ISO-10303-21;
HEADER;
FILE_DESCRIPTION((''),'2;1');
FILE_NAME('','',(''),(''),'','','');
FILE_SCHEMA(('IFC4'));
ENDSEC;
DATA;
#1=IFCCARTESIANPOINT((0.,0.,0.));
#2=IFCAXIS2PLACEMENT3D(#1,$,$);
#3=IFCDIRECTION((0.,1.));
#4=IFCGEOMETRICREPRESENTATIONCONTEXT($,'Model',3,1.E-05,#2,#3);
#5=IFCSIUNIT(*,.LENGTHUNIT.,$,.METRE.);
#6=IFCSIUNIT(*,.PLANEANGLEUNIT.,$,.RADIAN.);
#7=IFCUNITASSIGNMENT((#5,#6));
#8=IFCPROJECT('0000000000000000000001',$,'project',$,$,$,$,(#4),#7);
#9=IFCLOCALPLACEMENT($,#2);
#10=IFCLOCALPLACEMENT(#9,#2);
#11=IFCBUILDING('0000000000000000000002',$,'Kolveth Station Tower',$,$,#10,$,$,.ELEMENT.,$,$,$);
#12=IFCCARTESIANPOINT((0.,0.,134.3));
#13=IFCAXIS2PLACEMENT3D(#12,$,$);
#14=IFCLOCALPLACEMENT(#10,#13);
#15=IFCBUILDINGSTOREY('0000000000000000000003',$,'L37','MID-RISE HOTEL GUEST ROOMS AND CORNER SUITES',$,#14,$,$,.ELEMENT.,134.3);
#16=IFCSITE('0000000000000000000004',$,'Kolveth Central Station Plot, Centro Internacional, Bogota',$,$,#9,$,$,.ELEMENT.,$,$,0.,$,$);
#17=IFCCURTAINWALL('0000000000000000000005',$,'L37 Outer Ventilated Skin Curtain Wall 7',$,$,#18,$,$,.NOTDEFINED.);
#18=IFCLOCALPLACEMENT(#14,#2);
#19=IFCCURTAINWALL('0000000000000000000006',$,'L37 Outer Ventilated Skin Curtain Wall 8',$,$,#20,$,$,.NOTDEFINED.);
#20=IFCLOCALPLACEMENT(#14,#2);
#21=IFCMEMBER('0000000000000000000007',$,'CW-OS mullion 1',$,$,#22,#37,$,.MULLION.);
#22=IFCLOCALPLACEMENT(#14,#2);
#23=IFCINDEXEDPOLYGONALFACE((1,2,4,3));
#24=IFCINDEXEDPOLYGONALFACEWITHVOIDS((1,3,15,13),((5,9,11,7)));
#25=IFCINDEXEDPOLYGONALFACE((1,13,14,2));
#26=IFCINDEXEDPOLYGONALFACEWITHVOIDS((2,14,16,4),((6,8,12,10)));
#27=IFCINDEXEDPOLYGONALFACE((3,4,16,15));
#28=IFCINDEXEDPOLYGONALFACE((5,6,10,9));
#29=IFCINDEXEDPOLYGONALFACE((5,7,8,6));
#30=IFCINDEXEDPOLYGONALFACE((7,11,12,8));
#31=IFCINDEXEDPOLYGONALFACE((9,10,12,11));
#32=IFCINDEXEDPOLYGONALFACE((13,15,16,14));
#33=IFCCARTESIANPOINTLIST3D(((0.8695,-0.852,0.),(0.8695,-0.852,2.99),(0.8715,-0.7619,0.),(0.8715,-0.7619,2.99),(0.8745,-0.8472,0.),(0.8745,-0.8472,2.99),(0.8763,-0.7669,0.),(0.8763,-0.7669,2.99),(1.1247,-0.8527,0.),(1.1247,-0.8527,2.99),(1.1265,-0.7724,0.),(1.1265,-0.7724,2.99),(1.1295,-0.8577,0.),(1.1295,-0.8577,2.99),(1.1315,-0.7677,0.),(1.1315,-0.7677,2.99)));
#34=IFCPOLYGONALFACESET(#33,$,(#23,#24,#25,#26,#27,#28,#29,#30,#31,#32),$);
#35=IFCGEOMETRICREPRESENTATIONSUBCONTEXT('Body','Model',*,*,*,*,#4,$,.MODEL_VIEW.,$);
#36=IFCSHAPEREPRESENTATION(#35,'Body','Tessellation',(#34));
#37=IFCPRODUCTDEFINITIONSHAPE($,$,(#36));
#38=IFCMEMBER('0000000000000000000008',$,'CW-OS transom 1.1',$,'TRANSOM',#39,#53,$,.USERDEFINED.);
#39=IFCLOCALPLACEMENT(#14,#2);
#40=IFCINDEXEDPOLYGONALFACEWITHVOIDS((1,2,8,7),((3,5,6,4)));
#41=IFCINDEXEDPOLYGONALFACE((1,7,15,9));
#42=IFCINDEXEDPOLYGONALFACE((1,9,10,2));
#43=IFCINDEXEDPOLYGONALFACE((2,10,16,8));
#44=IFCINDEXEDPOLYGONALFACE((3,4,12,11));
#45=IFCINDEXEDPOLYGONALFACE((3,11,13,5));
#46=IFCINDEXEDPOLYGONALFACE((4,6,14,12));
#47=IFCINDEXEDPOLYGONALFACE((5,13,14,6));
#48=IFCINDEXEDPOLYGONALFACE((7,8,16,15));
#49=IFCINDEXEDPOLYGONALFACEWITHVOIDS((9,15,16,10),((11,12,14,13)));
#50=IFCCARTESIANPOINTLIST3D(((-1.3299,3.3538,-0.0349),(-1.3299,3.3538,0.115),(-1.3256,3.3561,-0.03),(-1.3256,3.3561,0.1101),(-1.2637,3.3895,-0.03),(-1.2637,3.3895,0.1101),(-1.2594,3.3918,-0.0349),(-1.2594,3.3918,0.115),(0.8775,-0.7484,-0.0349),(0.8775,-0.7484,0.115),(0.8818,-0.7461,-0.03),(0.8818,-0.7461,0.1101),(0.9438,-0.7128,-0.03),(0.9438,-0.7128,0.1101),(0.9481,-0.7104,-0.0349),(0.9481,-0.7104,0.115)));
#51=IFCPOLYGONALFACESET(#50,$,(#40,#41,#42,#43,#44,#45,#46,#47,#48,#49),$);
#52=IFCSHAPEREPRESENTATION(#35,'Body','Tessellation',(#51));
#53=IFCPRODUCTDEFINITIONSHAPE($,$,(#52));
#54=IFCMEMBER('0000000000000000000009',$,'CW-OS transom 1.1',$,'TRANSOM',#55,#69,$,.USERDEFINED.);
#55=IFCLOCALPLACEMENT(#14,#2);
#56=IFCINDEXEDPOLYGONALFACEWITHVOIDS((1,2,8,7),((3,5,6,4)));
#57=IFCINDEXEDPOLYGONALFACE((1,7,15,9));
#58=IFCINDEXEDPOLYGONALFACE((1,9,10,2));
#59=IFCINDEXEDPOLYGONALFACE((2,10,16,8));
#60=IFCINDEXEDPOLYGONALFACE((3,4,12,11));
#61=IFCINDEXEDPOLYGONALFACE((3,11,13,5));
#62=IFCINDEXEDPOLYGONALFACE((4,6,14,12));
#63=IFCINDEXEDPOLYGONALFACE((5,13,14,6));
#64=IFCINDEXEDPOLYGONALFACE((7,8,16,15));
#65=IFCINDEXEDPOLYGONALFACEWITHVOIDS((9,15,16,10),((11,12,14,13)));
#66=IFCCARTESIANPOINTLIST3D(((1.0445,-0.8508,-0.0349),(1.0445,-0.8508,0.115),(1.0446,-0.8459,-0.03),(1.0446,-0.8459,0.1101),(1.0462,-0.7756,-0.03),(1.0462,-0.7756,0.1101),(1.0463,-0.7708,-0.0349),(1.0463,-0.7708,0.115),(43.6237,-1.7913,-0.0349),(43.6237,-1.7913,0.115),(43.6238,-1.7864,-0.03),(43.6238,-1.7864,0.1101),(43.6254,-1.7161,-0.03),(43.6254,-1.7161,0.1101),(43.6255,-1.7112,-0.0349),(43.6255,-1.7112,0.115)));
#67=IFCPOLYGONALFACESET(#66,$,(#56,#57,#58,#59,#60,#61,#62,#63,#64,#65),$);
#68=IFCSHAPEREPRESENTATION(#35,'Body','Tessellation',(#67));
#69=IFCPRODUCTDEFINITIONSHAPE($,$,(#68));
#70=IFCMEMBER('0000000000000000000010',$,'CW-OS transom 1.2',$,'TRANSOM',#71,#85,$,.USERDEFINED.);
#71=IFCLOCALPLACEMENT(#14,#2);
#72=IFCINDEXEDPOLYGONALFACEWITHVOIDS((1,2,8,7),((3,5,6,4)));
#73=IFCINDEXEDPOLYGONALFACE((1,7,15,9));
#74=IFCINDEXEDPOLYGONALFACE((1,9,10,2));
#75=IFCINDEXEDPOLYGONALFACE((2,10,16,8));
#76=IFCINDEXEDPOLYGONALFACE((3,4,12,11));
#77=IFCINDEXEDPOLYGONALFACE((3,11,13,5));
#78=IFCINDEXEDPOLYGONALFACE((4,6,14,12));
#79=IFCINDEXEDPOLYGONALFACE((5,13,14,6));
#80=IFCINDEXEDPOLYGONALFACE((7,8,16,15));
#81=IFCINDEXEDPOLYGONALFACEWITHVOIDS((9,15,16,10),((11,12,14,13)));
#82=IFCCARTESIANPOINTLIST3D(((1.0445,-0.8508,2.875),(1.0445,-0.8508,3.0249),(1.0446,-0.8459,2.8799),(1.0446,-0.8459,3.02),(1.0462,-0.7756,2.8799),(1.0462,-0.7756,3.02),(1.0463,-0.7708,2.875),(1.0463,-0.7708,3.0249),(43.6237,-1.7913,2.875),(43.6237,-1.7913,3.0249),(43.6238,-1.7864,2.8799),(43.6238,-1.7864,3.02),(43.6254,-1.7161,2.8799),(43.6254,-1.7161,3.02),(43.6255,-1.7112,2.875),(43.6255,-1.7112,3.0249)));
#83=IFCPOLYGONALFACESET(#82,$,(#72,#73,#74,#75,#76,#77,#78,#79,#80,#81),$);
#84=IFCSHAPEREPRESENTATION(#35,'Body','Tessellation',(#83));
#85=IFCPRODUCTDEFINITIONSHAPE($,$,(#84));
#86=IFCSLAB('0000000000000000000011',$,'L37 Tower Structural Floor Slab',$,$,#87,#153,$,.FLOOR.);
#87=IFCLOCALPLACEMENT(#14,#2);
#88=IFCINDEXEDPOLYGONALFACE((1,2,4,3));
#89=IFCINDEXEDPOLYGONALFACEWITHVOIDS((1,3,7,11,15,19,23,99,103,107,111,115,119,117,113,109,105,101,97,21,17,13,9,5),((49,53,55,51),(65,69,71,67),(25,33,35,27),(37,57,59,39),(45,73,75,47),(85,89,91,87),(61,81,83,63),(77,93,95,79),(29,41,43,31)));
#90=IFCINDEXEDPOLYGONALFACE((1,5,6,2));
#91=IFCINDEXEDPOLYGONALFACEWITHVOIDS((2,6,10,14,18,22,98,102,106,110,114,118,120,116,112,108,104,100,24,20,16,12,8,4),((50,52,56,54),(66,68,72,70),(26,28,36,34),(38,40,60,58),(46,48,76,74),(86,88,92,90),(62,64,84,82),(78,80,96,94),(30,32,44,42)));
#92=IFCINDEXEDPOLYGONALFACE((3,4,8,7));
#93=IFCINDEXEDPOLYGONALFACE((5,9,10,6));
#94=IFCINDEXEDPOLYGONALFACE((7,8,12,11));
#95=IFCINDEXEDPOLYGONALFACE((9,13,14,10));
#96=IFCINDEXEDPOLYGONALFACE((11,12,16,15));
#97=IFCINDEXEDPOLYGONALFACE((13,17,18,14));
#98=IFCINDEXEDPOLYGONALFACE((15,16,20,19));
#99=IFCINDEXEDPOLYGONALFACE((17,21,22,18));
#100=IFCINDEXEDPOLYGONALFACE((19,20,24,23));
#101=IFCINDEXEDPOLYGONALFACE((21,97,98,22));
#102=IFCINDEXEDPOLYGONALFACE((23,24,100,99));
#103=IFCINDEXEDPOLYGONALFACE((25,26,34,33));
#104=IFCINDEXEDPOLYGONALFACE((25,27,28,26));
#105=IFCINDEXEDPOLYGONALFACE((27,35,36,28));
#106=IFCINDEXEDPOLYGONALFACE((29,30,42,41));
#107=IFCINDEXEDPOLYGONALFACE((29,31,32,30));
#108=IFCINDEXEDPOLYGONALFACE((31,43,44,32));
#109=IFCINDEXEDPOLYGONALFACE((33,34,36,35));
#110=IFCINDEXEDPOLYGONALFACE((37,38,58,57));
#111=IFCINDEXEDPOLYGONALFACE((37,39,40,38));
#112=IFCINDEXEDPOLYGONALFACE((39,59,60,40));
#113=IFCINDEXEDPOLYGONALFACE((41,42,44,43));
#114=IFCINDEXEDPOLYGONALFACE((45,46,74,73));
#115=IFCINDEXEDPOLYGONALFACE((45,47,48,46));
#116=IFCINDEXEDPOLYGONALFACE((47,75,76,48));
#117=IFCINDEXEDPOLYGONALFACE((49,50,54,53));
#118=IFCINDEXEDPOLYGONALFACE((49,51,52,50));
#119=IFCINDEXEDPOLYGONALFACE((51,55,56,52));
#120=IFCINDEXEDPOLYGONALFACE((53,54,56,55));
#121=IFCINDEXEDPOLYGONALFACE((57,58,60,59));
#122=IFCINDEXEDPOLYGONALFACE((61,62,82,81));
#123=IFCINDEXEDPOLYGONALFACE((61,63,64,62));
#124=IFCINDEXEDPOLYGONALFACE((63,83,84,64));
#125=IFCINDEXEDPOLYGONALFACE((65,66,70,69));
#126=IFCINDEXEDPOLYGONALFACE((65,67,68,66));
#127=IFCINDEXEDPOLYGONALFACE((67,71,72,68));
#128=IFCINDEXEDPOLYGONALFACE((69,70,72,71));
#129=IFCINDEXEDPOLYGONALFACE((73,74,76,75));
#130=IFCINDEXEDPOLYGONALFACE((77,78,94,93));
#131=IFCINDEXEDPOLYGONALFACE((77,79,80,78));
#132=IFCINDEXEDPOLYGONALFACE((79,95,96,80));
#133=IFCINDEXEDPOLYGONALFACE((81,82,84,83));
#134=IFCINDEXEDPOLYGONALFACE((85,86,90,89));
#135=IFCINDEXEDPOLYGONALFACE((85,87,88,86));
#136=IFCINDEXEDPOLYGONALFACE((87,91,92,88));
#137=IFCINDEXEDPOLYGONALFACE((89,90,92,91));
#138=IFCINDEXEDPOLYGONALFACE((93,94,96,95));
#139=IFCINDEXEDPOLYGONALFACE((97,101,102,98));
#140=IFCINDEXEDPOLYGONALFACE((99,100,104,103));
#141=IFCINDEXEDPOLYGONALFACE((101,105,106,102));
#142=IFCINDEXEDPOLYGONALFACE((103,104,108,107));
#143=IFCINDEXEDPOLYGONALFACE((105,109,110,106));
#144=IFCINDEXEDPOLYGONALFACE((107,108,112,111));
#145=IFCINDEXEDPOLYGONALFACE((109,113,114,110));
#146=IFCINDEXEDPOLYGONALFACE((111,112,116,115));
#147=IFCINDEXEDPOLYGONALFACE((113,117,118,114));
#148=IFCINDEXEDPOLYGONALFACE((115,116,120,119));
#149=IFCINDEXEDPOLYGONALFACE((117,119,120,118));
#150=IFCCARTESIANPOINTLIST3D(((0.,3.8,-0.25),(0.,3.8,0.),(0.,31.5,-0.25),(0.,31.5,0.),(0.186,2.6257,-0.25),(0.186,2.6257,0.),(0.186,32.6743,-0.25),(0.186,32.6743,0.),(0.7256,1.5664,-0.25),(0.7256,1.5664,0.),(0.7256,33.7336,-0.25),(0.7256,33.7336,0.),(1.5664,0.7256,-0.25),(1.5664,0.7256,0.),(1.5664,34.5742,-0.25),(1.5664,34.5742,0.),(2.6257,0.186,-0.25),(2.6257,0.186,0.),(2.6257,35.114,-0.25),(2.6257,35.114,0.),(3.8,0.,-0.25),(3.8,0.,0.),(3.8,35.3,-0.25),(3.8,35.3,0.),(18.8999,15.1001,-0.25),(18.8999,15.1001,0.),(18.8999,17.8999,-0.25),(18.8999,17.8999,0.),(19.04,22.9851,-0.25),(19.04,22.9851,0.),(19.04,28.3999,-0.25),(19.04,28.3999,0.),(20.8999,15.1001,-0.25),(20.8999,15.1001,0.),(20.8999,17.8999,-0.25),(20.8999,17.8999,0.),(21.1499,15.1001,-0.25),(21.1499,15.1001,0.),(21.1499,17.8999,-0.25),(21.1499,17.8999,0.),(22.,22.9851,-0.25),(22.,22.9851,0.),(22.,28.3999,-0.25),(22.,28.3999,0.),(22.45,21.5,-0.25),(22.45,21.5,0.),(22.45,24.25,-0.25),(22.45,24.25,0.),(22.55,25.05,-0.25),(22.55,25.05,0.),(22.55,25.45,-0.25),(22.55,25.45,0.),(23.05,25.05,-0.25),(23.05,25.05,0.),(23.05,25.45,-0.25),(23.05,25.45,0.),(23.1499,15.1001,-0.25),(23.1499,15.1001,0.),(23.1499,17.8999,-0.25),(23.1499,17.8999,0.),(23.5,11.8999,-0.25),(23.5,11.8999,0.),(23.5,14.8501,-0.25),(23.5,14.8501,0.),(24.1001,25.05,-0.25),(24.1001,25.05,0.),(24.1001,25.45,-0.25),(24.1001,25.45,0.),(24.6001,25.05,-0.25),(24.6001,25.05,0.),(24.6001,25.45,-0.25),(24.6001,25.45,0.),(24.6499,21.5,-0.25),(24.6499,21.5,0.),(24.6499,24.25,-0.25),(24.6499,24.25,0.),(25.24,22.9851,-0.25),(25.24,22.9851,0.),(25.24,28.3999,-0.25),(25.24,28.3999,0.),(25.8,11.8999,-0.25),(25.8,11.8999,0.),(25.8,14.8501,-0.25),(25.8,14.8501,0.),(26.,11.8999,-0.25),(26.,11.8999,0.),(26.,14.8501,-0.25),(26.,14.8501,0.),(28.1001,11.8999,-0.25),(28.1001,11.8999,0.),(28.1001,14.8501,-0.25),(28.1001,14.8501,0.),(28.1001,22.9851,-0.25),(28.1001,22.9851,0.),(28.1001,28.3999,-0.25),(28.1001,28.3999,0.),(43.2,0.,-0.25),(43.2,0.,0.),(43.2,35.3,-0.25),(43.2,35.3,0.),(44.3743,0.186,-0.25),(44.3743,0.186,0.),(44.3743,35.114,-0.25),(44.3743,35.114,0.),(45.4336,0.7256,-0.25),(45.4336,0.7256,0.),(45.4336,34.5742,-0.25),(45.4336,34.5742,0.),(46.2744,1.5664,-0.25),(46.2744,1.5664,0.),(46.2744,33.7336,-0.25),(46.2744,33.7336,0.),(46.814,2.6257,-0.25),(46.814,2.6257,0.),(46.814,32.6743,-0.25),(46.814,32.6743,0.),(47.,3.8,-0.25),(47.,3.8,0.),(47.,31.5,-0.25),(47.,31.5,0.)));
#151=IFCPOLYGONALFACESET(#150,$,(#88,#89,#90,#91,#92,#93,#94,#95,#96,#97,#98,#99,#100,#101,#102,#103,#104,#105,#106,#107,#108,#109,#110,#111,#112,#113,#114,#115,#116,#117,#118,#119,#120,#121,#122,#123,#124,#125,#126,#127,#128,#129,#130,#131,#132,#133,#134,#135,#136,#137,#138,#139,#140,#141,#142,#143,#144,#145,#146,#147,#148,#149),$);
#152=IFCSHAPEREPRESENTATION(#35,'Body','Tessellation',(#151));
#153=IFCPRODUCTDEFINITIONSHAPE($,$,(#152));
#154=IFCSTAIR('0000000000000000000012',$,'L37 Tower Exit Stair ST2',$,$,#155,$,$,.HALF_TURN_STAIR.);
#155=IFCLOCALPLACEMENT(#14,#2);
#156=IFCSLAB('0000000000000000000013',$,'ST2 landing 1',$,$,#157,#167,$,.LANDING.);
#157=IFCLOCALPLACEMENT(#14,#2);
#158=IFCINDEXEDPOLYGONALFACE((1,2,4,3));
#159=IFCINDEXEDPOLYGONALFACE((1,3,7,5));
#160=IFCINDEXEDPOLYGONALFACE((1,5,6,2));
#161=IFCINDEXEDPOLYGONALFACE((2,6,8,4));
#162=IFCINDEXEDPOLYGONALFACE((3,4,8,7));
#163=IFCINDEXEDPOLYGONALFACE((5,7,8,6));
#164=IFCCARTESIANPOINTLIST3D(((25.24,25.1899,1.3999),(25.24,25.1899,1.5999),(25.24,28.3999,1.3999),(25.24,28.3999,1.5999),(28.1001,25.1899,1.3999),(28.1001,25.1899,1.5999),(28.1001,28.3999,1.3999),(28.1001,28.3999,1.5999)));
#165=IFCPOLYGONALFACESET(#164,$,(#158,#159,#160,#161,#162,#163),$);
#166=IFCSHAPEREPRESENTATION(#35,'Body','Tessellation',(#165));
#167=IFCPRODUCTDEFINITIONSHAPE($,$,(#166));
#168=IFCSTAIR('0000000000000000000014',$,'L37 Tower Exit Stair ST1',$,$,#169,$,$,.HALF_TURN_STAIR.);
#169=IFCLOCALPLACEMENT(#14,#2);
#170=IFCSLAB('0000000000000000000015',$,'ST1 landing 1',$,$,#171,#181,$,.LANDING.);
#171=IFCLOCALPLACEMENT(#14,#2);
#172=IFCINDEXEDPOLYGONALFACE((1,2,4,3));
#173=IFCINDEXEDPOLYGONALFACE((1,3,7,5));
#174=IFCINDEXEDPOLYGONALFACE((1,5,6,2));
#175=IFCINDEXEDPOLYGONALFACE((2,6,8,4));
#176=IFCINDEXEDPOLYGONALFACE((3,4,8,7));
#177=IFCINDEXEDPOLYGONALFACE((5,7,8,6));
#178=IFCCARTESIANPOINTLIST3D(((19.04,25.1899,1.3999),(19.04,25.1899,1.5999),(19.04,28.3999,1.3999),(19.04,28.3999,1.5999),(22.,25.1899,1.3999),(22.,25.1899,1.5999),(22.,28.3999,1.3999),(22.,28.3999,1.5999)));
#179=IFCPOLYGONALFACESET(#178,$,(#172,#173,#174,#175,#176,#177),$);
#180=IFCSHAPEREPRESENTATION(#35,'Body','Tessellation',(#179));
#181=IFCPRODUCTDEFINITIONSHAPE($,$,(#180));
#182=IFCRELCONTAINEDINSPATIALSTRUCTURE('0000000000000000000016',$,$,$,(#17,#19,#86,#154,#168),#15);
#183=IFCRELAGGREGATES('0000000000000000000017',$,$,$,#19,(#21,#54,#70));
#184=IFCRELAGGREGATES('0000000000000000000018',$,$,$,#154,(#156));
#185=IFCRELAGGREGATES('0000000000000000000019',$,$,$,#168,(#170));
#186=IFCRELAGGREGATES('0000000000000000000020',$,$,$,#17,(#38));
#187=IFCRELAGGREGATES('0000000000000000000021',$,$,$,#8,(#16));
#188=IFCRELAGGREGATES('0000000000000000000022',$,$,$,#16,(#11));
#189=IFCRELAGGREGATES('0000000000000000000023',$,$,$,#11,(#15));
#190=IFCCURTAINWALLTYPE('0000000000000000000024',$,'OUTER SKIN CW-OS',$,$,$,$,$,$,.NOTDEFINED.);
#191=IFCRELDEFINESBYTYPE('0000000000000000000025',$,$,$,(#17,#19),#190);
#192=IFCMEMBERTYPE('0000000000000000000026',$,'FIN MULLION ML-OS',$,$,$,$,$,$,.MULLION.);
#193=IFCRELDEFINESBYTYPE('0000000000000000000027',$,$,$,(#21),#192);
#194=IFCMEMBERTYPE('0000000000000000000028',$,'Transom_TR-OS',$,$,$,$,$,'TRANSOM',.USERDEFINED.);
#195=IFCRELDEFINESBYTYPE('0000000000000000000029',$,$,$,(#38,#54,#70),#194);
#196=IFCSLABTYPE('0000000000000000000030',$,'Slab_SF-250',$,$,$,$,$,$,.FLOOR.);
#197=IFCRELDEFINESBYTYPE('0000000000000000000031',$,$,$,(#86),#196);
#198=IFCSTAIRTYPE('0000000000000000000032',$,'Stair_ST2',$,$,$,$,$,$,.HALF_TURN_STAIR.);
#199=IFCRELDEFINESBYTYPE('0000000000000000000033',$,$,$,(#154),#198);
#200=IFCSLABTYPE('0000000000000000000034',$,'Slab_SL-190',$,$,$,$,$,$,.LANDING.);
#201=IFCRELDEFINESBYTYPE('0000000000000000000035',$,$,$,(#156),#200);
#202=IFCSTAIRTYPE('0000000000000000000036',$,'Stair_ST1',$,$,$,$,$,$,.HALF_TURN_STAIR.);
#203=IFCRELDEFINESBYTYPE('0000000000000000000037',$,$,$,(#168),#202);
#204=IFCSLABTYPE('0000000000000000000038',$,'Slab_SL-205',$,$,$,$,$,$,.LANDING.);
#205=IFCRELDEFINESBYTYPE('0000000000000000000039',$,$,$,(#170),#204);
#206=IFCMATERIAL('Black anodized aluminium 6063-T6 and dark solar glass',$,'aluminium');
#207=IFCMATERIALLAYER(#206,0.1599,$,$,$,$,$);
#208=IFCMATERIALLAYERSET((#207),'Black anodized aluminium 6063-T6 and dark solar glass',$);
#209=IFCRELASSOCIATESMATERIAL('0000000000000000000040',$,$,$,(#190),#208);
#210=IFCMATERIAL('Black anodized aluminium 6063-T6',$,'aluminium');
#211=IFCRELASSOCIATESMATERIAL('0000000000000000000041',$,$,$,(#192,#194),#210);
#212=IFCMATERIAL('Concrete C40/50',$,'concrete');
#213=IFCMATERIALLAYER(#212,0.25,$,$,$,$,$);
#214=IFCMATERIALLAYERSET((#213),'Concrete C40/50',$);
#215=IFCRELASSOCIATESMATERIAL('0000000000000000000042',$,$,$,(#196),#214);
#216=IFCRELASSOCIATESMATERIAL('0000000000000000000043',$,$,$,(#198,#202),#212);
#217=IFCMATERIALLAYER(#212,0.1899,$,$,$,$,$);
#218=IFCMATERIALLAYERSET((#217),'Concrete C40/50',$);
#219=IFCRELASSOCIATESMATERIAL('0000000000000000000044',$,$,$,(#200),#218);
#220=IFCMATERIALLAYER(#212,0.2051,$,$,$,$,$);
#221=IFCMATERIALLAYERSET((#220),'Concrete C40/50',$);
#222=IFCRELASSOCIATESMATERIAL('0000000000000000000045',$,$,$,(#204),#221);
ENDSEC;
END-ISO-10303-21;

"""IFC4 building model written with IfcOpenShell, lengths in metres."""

from ifc_helpers import new_model, si_unit, direction, frame, origin, origin_2d, place, context, subcontext, project, spatial, polyline, hollow_rectangle, outline, extrude, source, transform, mapped, material, layer, layer_set, material_profile, profile_set, type_object, element, aggregate, save


model = new_model("IFC4")

# Units and contexts
model_context = context("Model", 3, precision=1e-05, world=origin(), true_north=direction((0.0, 1.0)))
body_context = subcontext(model_context, "Body", "Model", "MODEL_VIEW")
ifc_project = project(units=[si_unit("LENGTHUNIT", "METRE"), si_unit("PLANEANGLEUNIT", "RADIAN")], contexts=[model_context])

# Site, building, storey
site_placement = place(None, origin())
site = spatial("IfcSite", under=ifc_project, at=site_placement, Name="Kolveth Central Station Plot, Centro Internacional, Bogota", CompositionType="ELEMENT", RefElevation=0.0)
building_placement = place(site_placement, origin())
building = spatial("IfcBuilding", under=site, at=building_placement, Name="Kolveth Station Tower", CompositionType="ELEMENT")
storey_placement = place(building_placement, frame((0.0, 0.0, 134.3)))
storey = spatial("IfcBuildingStorey", under=building, at=storey_placement, Name="L37", Description="MID-RISE HOTEL GUEST ROOMS AND CORNER SUITES", CompositionType="ELEMENT", Elevation=134.3)

# Shared definitions
ifc_material_1 = material(Name="Black anodized aluminium 6063-T6", Category="aluminium")

# Curtain walls, member
ifc_material_2 = material(Name="Black anodized aluminium 6063-T6 and dark solar glass", Category="aluminium")
ifc_layer_1 = layer(ifc_material_2, 0.1599)
ifc_layer_set_1 = layer_set([ifc_layer_1], Name="Black anodized aluminium 6063-T6 and dark solar glass")
curtain_wall_type_1 = type_object("IfcCurtainWallType", Name="OUTER SKIN CW-OS", PredefinedType="NOTDEFINED", material=ifc_layer_set_1)
curtain_wall_1_placement = place(storey_placement, origin())
curtain_wall_1 = element("IfcCurtainWall", 1, at=curtain_wall_1_placement, inside=storey, type_object=curtain_wall_type_1, Name="L37 Outer Ventilated Skin Curtain Wall 7", PredefinedType="NOTDEFINED")
ifc_material_profile_1 = material_profile(ifc_material_1, hollow_rectangle(XDim=0.0901, YDim=0.26, WallThickness=0.0049, at=origin_2d()), Name="ALU-90x260x5")
ifc_profile_set_1 = profile_set([ifc_material_profile_1], Name="Black anodized aluminium 6063-T6")
member_type_1 = type_object("IfcMemberType", Name="FIN MULLION ML-OS", PredefinedType="MULLION", material=ifc_profile_set_1)
shared_shape_1 = source(origin(), body_context, "Body", "SweptSolid", [
    extrude(hollow_rectangle(XDim=0.0901, YDim=0.26, WallThickness=0.0049, at=origin_2d()), origin(), (0.0, 0.0, 1.0), 2.99),
])
curtain_wall_2_placement = place(storey_placement, origin())
curtain_wall_2 = element("IfcCurtainWall", 2, at=curtain_wall_2_placement, inside=storey, type_object=curtain_wall_type_1, Name="L37 Outer Ventilated Skin Curtain Wall 8", PredefinedType="NOTDEFINED")
member_1_placement = place(storey_placement, frame((1.0005, -0.8098, 0.0), z_axis=(0.0, 0.0, 1.0), x_axis=(0.022084, 0.999756, 0.0)))
member_1 = element("IfcMember", 3, at=member_1_placement, type_object=member_type_1, Name="CW-OS mullion 1", PredefinedType="MULLION", context=body_context, shape_type="MappedRepresentation", body=[
    mapped(shared_shape_1, transform((0.0, 0.0, 0.0), x_axis=(1.0, 0.0, 0.0), y_axis=(0.0, 1.0, 0.0), z_axis=(0.0, 0.0, 1.0), scale=1.0)),
])

# Members
ifc_material_profile_2 = material_profile(ifc_material_1, hollow_rectangle(XDim=0.0801, YDim=0.1499, WallThickness=0.0049, at=origin_2d()), Name="ALU-80x150x5")
ifc_profile_set_2 = profile_set([ifc_material_profile_2], Name="Black anodized aluminium 6063-T6")
member_type_2 = type_object("IfcMemberType", Name="Transom_TR-OS", ElementType="TRANSOM", PredefinedType="USERDEFINED", material=ifc_profile_set_2)
shared_shape_2 = source(origin(), body_context, "Body", "SweptSolid", [
    extrude(hollow_rectangle(XDim=0.0801, YDim=0.1499, WallThickness=0.0049, at=origin_2d()), origin(), (0.0, 0.0, 1.0), 4.6584),
])
member_2_placement = place(storey_placement, frame((-1.2947, 3.3728, 0.04), z_axis=(0.473865, -0.880597, 0.0), x_axis=(0.880597, 0.473865, 0.0)))
member_2 = element("IfcMember", 4, at=member_2_placement, type_object=member_type_2, Name="CW-OS transom 1.1", ObjectType="TRANSOM", PredefinedType="USERDEFINED", context=body_context, shape_type="MappedRepresentation", body=[
    mapped(shared_shape_2, transform((0.0, 0.0, 0.0), x_axis=(1.0, 0.0, 0.0), y_axis=(0.0, 1.0, 0.0), z_axis=(0.0, 0.0, 1.0), scale=1.0)),
])
shared_shape_3 = source(origin(), body_context, "Body", "SweptSolid", [
    extrude(hollow_rectangle(XDim=0.0801, YDim=0.1499, WallThickness=0.0049, at=origin_2d()), origin(), (0.0, 0.0, 1.0), 42.5896),
])
member_3_placement = place(storey_placement, frame((1.0454, -0.8108, 0.04), z_axis=(0.999756, -0.022081, 0.0), x_axis=(0.022081, 0.999756, 0.0)))
member_3 = element("IfcMember", 5, at=member_3_placement, type_object=member_type_2, Name="CW-OS transom 1.1", ObjectType="TRANSOM", PredefinedType="USERDEFINED", context=body_context, shape_type="MappedRepresentation", body=[
    mapped(shared_shape_3, transform((0.0, 0.0, 0.0), x_axis=(1.0, 0.0, 0.0), y_axis=(0.0, 1.0, 0.0), z_axis=(0.0, 0.0, 1.0), scale=1.0)),
])
member_4_placement = place(storey_placement, frame((1.0454, -0.8108, 2.95), z_axis=(0.999756, -0.022081, 0.0), x_axis=(0.022081, 0.999756, 0.0)))
member_4 = element("IfcMember", 6, at=member_4_placement, type_object=member_type_2, Name="CW-OS transom 1.2", ObjectType="TRANSOM", PredefinedType="USERDEFINED", context=body_context, shape_type="MappedRepresentation", body=[
    mapped(shared_shape_3, transform((0.0, 0.0, 0.0), x_axis=(1.0, 0.0, 0.0), y_axis=(0.0, 1.0, 0.0), z_axis=(0.0, 0.0, 1.0), scale=1.0)),
])
aggregate(curtain_wall_2, [member_1, member_3, member_4])

# Slab
ifc_material_3 = material(Name="Concrete C40/50", Category="concrete")
ifc_layer_2 = layer(ifc_material_3, 0.25)
ifc_layer_set_2 = layer_set([ifc_layer_2], Name="Concrete C40/50")
slab_type_1 = type_object("IfcSlabType", Name="Slab_SF-250", PredefinedType="FLOOR", material=ifc_layer_set_2)
slab_1_placement = place(storey_placement, frame((0.0, 0.0, -0.25)))
element("IfcSlab", 7, at=slab_1_placement, inside=storey, type_object=slab_type_1, Name="L37 Tower Structural Floor Slab", PredefinedType="FLOOR", context=body_context, shape_type="SweptSolid", body=[
    extrude(outline(polyline([(43.2, 0.0), (44.3743, 0.186), (45.4336, 0.7256), (46.2744, 1.5664), (46.814, 2.6257), (47.0, 3.8), (47.0, 31.5), (46.814, 32.6743), (46.2744, 33.7336), (45.4336, 34.5742), (44.3743, 35.114), (43.2, 35.3), (3.8, 35.3), (2.6257, 35.114), (1.5664, 34.5742), (0.7256, 33.7336), (0.186, 32.6743), (0.0, 31.5), (0.0, 3.8), (0.186, 2.6257), (0.7256, 1.5664), (1.5664, 0.7256), (2.6257, 0.186), (3.8, 0.0), (43.2, 0.0)]), holes=[polyline([(19.04, 22.9851), (22.0, 22.9851), (22.0, 28.3999), (19.04, 28.3999), (19.04, 22.9851)]), polyline([(25.24, 22.9851), (28.1001, 22.9851), (28.1001, 28.3999), (25.24, 28.3999), (25.24, 22.9851)]), polyline([(18.8999, 15.1001), (20.8999, 15.1001), (20.8999, 17.8999), (18.8999, 17.8999), (18.8999, 15.1001)]), polyline([(21.1499, 15.1001), (23.1499, 15.1001), (23.1499, 17.8999), (21.1499, 17.8999), (21.1499, 15.1001)]), polyline([(22.45, 21.5), (24.6499, 21.5), (24.6499, 24.25), (22.45, 24.25), (22.45, 21.5)]), polyline([(23.5, 11.8999), (25.8, 11.8999), (25.8, 14.8501), (23.5, 14.8501), (23.5, 11.8999)]), polyline([(26.0, 11.8999), (28.1001, 11.8999), (28.1001, 14.8501), (26.0, 14.8501), (26.0, 11.8999)]), polyline([(22.55, 25.05), (23.05, 25.05), (23.05, 25.45), (22.55, 25.45), (22.55, 25.05)]), polyline([(24.1001, 25.05), (24.6001, 25.05), (24.6001, 25.45), (24.1001, 25.45), (24.1001, 25.05)])]), origin(), (0.0, 0.0, 1.0), 0.25),
])

# Stairs, slabs
stair_type_1 = type_object("IfcStairType", Name="Stair_ST2", PredefinedType="HALF_TURN_STAIR", material=ifc_material_3)
stair_1_placement = place(storey_placement, origin())
stair_1 = element("IfcStair", 8, at=stair_1_placement, inside=storey, type_object=stair_type_1, Name="L37 Tower Exit Stair ST2", PredefinedType="HALF_TURN_STAIR")
ifc_layer_3 = layer(ifc_material_3, 0.1899)
ifc_layer_set_3 = layer_set([ifc_layer_3], Name="Concrete C40/50")
slab_type_2 = type_object("IfcSlabType", Name="Slab_SL-190", PredefinedType="LANDING", material=ifc_layer_set_3)
slab_2_placement = place(storey_placement, frame((0.0, 0.0, 1.3999)))
slab_2 = element("IfcSlab", 9, at=slab_2_placement, type_object=slab_type_2, Name="ST2 landing 1", PredefinedType="LANDING", context=body_context, shape_type="SweptSolid", body=[
    extrude(outline(polyline([(28.1001, 25.1899), (28.1001, 28.3999), (25.24, 28.3999), (25.24, 25.1899), (28.1001, 25.1899)])), origin(), (0.0, 0.0, 1.0), 0.2),
])
aggregate(stair_1, [slab_2])
stair_type_2 = type_object("IfcStairType", Name="Stair_ST1", PredefinedType="HALF_TURN_STAIR", material=ifc_material_3)
stair_2_placement = place(storey_placement, origin())
stair_2 = element("IfcStair", 10, at=stair_2_placement, inside=storey, type_object=stair_type_2, Name="L37 Tower Exit Stair ST1", PredefinedType="HALF_TURN_STAIR")
ifc_layer_4 = layer(ifc_material_3, 0.2051)
ifc_layer_set_4 = layer_set([ifc_layer_4], Name="Concrete C40/50")
slab_type_3 = type_object("IfcSlabType", Name="Slab_SL-205", PredefinedType="LANDING", material=ifc_layer_set_4)
slab_3_placement = place(storey_placement, frame((0.0, 0.0, 1.3999)))
slab_3 = element("IfcSlab", 11, at=slab_3_placement, type_object=slab_type_3, Name="ST1 landing 1", PredefinedType="LANDING", context=body_context, shape_type="SweptSolid", body=[
    extrude(outline(polyline([(22.0, 25.1899), (22.0, 28.3999), (19.04, 28.3999), (19.04, 25.1899), (22.0, 25.1899)])), origin(), (0.0, 0.0, 1.0), 0.2),
])
aggregate(stair_2, [slab_3])

aggregate(curtain_wall_1, [member_2])

save(model, "model.ifc")
